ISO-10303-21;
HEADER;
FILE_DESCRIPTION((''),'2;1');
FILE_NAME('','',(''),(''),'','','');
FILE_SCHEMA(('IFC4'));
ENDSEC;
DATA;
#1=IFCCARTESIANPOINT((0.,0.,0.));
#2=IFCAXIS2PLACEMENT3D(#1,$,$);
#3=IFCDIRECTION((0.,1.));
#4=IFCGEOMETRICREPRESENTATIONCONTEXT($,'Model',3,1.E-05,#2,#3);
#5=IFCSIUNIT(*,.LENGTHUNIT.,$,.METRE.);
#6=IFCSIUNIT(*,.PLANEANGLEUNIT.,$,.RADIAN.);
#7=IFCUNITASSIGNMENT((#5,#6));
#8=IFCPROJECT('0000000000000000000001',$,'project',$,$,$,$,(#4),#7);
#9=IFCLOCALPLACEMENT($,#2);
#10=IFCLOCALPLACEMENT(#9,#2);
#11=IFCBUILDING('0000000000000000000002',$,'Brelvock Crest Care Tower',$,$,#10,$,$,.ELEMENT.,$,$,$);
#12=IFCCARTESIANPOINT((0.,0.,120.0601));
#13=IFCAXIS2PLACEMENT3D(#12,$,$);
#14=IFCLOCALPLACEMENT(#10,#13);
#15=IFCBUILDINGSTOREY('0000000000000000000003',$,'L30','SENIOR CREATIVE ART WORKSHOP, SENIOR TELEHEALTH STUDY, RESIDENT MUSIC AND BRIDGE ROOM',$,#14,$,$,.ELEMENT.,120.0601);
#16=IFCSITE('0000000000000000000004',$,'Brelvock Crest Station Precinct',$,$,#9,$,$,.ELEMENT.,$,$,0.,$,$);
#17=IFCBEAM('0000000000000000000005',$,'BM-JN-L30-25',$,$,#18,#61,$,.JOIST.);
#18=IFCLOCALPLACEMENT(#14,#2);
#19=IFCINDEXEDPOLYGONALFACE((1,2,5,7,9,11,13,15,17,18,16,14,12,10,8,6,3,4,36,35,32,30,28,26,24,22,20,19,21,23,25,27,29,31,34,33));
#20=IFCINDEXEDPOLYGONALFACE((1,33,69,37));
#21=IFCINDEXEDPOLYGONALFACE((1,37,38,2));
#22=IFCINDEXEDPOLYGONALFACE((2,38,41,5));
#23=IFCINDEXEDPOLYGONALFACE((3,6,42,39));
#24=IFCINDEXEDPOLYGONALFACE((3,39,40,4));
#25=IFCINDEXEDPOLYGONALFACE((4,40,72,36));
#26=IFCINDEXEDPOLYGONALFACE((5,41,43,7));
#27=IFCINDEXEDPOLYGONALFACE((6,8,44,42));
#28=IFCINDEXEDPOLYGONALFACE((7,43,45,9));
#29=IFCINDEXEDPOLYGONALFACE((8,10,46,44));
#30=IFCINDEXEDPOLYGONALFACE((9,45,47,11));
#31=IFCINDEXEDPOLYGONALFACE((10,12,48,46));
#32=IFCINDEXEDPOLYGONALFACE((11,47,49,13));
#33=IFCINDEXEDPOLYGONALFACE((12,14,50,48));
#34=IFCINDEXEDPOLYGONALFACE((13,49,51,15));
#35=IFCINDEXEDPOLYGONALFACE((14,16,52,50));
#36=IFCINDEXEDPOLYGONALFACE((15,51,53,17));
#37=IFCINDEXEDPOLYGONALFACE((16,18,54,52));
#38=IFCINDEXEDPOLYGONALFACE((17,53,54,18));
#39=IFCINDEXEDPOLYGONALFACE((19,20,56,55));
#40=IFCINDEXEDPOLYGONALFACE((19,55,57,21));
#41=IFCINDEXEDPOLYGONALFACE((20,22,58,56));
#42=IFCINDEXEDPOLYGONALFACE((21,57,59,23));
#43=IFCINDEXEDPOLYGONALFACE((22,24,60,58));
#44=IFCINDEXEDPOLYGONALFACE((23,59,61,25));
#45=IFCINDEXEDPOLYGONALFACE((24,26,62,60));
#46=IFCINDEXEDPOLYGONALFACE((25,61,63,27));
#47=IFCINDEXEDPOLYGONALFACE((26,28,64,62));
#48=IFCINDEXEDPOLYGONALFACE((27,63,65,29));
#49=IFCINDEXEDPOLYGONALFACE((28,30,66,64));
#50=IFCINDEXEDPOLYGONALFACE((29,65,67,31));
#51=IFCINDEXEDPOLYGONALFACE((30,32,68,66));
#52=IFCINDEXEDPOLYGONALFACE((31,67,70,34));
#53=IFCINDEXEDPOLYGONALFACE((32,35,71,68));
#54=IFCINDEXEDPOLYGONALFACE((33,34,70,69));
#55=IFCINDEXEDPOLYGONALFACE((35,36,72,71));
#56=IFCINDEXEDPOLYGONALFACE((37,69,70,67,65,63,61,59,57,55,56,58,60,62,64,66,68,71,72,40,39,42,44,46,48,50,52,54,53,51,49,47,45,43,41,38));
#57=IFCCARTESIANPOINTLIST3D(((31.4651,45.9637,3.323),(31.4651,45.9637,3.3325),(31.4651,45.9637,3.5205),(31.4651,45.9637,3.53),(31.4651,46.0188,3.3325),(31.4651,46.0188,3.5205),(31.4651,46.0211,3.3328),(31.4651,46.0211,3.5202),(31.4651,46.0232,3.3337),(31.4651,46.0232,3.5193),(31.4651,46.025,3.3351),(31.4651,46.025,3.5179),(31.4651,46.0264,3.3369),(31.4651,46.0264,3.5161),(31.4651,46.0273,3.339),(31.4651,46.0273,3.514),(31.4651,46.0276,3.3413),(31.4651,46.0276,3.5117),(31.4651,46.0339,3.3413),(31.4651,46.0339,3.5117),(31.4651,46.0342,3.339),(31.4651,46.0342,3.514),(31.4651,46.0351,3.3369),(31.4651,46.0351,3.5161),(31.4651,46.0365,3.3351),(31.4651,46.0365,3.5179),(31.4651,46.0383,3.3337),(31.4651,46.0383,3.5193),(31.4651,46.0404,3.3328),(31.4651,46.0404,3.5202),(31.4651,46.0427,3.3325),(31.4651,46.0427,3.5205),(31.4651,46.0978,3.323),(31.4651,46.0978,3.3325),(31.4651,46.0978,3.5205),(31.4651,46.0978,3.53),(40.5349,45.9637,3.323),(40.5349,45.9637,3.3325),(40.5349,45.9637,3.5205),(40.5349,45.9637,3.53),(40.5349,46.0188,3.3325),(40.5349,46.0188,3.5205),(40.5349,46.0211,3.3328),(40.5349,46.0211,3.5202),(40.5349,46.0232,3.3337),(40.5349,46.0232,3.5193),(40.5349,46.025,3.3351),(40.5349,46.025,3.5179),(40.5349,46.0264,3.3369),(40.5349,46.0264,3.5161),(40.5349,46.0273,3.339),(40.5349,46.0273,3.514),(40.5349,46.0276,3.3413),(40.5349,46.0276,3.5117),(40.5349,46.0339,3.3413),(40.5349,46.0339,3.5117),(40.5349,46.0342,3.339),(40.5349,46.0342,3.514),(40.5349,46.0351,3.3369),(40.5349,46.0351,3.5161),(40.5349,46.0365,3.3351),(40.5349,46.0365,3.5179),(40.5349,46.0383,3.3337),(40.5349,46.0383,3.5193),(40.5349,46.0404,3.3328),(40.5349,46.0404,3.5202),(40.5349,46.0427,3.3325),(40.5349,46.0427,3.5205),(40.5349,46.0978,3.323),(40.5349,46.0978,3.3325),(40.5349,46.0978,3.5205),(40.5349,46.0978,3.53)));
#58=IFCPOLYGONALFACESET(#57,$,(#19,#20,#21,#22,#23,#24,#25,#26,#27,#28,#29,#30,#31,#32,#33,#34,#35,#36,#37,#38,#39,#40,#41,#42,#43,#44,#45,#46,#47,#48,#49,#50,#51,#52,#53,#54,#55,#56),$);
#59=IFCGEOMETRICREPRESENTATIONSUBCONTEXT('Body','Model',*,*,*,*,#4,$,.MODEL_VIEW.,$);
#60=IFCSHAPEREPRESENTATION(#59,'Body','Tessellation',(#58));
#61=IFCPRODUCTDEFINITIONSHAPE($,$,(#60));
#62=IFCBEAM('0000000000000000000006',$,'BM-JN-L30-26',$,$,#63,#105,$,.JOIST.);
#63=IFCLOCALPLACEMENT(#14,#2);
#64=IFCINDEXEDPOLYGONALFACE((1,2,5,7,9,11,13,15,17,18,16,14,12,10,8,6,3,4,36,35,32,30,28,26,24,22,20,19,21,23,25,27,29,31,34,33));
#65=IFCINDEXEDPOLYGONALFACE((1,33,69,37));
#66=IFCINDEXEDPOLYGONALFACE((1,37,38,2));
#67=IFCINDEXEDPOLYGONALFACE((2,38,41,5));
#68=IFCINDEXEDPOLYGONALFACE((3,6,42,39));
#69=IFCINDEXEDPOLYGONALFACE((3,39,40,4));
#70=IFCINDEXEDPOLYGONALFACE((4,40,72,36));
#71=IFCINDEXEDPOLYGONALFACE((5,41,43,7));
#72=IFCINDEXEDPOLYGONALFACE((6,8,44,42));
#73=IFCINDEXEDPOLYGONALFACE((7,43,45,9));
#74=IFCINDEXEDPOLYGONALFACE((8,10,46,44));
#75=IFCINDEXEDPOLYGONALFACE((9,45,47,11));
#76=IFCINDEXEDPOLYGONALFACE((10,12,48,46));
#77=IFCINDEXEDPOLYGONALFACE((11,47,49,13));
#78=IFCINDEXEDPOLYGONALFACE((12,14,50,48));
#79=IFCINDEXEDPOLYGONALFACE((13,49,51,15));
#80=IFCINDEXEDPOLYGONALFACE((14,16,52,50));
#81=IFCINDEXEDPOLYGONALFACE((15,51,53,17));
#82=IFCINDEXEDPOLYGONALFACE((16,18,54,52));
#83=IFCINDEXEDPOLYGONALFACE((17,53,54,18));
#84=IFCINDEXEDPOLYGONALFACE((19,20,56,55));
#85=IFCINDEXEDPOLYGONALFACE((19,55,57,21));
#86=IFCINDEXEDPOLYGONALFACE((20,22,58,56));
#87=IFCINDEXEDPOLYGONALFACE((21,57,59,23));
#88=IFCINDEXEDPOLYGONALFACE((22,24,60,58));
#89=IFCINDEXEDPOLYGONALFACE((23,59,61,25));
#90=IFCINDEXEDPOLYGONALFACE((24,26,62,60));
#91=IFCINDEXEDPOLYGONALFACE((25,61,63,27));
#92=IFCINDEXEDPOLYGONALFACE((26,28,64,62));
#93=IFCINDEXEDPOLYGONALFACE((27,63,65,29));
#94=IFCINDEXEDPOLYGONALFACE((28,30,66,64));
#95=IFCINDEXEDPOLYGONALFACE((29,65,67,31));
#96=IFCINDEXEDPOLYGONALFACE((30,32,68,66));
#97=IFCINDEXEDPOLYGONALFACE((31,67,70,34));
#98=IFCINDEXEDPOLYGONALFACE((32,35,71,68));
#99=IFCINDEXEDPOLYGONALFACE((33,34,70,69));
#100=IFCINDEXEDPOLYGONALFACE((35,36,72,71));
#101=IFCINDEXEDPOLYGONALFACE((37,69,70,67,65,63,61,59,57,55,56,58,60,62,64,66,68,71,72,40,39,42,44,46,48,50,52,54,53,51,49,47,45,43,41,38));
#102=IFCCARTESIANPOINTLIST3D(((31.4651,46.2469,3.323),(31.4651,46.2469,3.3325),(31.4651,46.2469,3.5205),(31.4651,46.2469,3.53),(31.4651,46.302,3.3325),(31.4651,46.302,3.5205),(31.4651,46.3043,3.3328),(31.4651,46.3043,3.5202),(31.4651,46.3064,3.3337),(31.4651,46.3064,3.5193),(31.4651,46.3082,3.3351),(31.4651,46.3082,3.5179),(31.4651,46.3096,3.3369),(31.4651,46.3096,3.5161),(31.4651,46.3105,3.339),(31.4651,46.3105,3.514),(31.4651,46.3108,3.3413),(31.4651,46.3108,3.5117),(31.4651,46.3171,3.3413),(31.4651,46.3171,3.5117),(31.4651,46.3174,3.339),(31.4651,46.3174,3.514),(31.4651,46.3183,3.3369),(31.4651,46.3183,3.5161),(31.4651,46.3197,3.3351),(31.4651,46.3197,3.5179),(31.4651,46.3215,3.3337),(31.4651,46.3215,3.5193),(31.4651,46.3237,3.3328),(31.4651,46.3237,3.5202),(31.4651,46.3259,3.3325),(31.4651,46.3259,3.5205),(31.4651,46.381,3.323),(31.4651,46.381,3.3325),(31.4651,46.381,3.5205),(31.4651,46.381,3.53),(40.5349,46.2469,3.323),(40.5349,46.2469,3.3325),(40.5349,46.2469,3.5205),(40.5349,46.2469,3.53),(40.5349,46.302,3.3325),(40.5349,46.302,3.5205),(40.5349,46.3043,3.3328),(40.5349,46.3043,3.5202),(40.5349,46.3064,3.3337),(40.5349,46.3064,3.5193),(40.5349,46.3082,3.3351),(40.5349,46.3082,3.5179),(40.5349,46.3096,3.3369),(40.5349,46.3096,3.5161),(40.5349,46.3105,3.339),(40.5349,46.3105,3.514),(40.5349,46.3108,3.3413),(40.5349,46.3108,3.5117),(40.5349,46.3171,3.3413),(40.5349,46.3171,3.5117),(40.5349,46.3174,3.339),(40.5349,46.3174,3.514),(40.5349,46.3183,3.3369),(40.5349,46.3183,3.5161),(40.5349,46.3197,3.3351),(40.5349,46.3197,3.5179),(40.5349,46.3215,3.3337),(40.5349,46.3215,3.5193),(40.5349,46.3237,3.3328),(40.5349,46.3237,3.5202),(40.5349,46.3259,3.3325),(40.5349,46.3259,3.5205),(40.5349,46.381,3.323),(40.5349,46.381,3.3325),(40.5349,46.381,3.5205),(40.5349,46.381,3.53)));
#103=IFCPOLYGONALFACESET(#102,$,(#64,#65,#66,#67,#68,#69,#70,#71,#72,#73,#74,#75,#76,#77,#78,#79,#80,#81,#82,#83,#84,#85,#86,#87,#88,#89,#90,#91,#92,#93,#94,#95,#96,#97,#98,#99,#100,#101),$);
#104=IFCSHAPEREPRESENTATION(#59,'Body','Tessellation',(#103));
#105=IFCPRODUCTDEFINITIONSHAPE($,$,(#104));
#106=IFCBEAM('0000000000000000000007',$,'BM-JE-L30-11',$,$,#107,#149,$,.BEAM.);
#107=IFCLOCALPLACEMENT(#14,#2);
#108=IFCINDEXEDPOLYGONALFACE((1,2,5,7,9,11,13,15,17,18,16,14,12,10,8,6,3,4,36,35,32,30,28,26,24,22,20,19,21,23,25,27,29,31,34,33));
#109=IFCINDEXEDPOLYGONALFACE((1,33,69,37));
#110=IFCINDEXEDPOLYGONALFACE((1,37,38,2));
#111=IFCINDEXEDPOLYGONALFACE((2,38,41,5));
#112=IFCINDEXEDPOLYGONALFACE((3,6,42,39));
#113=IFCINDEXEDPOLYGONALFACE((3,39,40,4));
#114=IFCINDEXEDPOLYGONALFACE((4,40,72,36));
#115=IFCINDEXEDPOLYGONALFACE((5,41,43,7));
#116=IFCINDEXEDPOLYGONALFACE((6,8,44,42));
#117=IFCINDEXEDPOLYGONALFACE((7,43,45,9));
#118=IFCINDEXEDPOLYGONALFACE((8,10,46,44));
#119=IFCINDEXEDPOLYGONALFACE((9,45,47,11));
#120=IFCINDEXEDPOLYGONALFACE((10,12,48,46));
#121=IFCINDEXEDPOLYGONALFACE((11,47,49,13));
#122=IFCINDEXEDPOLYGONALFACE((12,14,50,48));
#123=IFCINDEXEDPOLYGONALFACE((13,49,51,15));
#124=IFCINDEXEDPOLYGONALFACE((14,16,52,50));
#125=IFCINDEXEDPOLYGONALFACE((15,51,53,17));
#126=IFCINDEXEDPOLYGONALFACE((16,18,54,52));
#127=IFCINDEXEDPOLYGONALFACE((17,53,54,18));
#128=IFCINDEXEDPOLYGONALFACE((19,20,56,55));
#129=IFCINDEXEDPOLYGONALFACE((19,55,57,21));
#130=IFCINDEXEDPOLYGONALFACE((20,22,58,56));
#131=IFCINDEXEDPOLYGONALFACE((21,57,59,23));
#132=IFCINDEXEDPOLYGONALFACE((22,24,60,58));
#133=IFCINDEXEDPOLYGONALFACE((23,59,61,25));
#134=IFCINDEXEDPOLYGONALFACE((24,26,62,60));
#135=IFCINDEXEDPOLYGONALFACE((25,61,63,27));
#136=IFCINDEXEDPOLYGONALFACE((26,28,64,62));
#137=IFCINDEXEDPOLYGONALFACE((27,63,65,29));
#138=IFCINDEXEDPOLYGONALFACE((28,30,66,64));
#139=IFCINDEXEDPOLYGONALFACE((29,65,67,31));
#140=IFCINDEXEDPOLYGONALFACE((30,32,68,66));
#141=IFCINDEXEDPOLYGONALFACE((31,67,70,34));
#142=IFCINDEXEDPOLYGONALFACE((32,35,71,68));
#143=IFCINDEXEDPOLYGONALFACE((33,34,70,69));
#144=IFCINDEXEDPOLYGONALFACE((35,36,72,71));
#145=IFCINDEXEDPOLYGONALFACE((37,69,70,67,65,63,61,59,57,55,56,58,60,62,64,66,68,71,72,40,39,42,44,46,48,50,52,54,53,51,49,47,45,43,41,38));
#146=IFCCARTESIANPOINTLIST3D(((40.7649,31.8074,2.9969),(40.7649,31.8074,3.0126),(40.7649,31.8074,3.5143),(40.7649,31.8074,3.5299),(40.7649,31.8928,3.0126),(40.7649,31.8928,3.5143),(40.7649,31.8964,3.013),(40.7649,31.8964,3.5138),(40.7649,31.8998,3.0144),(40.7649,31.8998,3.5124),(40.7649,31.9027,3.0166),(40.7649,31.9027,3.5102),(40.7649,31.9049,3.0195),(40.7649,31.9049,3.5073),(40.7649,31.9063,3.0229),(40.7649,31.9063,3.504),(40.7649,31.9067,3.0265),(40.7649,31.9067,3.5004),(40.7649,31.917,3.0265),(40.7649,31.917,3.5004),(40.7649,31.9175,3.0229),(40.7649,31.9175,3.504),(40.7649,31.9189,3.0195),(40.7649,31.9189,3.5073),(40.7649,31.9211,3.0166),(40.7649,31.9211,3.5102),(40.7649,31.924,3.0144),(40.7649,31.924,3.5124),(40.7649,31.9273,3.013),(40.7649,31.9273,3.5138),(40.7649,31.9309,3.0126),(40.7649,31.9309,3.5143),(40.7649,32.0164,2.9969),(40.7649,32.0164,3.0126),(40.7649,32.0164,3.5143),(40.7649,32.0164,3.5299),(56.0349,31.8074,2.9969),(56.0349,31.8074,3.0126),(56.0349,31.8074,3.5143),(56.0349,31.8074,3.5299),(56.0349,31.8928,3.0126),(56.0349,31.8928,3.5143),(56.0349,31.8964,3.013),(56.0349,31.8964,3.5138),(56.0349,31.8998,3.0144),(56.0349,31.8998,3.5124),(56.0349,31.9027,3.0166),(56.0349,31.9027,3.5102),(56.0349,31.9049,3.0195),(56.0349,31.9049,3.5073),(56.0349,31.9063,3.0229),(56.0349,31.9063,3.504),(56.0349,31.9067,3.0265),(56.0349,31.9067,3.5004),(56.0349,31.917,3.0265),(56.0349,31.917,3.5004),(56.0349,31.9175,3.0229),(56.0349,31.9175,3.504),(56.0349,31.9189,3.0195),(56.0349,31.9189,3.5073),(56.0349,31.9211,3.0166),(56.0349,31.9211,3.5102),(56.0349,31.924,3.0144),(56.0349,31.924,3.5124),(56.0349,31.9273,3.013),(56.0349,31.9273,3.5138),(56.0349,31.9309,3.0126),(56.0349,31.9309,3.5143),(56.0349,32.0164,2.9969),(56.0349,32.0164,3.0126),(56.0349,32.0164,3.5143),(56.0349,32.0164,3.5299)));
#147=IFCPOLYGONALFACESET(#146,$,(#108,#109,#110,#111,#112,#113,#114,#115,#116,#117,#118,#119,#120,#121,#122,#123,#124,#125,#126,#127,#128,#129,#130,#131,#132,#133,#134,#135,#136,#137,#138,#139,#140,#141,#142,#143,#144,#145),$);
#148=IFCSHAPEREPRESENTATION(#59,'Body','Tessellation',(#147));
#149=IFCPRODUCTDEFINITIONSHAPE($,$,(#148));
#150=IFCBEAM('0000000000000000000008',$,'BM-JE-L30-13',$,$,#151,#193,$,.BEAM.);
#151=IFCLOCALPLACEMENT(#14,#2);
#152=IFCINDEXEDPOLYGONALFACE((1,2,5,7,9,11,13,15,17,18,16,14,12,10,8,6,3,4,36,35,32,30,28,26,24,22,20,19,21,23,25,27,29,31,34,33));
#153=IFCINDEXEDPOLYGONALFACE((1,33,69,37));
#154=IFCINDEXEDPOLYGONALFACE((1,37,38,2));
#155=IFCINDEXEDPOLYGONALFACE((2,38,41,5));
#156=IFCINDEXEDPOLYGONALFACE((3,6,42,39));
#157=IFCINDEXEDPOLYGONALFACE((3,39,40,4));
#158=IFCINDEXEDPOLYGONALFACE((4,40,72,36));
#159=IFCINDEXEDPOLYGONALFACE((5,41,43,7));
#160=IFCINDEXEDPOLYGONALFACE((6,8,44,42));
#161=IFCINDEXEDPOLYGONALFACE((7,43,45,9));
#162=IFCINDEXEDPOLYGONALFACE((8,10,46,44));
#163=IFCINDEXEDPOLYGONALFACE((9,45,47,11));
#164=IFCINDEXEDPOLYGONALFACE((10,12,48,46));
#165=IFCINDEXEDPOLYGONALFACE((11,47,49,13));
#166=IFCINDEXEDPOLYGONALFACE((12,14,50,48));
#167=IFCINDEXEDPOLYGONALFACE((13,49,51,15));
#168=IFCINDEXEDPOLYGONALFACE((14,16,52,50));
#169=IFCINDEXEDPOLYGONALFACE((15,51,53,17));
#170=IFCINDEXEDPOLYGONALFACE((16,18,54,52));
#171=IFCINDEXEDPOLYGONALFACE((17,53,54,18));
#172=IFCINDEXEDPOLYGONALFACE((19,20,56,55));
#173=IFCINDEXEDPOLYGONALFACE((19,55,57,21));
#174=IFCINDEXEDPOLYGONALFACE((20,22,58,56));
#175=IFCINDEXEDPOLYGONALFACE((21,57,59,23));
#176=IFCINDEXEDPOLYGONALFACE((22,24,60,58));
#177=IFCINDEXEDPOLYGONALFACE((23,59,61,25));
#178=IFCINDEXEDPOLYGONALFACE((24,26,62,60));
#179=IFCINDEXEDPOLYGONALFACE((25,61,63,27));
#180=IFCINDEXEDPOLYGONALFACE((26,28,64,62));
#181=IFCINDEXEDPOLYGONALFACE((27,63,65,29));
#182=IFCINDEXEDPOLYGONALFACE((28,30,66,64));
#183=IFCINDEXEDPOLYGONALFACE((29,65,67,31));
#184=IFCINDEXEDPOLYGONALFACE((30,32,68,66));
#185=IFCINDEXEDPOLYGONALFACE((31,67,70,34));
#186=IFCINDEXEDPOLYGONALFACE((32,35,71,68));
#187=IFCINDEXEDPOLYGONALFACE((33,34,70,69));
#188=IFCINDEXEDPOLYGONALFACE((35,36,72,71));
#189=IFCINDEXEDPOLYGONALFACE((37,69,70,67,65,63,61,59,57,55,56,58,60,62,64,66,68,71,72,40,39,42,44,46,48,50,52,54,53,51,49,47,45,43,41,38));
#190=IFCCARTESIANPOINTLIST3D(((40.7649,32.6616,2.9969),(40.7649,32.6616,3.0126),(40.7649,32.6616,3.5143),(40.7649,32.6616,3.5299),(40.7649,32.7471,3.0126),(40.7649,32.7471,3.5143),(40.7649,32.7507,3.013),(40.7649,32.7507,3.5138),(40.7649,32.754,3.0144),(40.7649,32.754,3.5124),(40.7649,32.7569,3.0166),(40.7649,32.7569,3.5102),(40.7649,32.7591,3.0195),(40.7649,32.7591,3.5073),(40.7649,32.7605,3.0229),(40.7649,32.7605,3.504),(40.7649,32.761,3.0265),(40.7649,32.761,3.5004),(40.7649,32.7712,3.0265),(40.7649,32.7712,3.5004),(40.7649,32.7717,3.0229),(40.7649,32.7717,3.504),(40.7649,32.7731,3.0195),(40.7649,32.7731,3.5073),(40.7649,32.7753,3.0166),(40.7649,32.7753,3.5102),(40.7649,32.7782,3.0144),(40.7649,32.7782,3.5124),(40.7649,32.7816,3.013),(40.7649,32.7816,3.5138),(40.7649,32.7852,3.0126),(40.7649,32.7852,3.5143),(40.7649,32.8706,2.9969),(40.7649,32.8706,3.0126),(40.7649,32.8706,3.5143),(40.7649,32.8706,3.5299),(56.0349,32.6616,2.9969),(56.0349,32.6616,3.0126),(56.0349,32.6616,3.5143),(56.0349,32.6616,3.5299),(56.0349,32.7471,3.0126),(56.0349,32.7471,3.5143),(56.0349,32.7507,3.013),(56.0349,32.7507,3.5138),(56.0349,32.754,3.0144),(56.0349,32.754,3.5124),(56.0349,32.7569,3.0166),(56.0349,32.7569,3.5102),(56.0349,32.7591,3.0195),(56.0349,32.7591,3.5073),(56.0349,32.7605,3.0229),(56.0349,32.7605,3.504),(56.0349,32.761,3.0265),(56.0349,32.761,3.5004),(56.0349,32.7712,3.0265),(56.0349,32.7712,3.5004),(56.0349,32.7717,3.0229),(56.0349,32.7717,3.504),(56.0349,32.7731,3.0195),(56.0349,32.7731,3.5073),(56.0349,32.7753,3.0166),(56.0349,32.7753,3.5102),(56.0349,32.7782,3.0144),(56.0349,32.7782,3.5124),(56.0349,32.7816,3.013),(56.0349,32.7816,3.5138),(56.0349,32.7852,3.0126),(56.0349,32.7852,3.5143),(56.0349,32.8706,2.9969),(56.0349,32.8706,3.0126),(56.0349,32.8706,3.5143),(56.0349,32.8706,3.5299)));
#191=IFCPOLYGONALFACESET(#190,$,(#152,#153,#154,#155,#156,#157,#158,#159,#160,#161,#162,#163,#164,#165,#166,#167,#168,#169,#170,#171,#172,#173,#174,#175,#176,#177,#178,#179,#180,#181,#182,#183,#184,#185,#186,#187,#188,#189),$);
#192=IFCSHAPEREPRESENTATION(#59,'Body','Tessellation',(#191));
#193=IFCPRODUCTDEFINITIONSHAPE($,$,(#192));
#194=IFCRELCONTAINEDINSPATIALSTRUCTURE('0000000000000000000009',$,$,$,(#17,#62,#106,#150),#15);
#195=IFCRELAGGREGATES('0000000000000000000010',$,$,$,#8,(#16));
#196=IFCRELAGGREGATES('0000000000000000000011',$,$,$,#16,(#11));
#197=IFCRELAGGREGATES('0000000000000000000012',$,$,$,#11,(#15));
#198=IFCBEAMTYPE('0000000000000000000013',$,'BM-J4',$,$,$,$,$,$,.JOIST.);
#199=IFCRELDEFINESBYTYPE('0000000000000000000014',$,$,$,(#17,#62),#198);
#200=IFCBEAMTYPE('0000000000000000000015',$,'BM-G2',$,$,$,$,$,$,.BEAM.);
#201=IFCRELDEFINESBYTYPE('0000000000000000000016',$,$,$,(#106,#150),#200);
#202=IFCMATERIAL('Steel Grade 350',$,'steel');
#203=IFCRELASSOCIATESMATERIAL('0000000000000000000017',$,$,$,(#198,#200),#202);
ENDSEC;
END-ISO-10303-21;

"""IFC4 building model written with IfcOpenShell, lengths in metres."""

from ifc_helpers import new_model, si_unit, direction, frame, origin, origin_2d, place, context, subcontext, project, spatial, i_section, extrude, source, transform, mapped, material, material_profile, profile_set, type_object, element, save


model = new_model("IFC4")

# Units and contexts
model_context = context("Model", 3, precision=1e-05, world=origin(), true_north=direction((0.0, 1.0)))
body_context = subcontext(model_context, "Body", "Model", "MODEL_VIEW")
ifc_project = project(units=[si_unit("LENGTHUNIT", "METRE"), si_unit("PLANEANGLEUNIT", "RADIAN")], contexts=[model_context])

# Site, building, storey
site_placement = place(None, origin())
site = spatial("IfcSite", under=ifc_project, at=site_placement, Name="Brelvock Crest Station Precinct", CompositionType="ELEMENT", RefElevation=0.0)
building_placement = place(site_placement, origin())
building = spatial("IfcBuilding", under=site, at=building_placement, Name="Brelvock Crest Care Tower", CompositionType="ELEMENT")
storey_placement = place(building_placement, frame((0.0, 0.0, 120.0601)))
storey = spatial("IfcBuildingStorey", under=building, at=storey_placement, Name="L30", Description="SENIOR CREATIVE ART WORKSHOP, SENIOR TELEHEALTH STUDY, RESIDENT MUSIC AND BRIDGE ROOM", CompositionType="ELEMENT", Elevation=120.0601)

# Beams
ifc_material_1 = material(Name="Steel Grade 350", Category="steel")
ifc_material_profile_1 = material_profile(ifc_material_1, i_section(OverallWidth=0.134, OverallDepth=0.207, WebThickness=0.0063, FlangeThickness=0.0095, FilletRadius=0.0088, at=origin_2d()), Name="200UB29.8")
ifc_profile_set_1 = profile_set([ifc_material_profile_1], Name="Steel Grade 350")
beam_type_1 = type_object("IfcBeamType", Name="BM-J4", PredefinedType="JOIST", material=ifc_profile_set_1)
shared_shape_1 = source(origin(), body_context, "Body", "SweptSolid", [
    extrude(i_section(OverallWidth=0.134, OverallDepth=0.207, WebThickness=0.0063, FlangeThickness=0.0095, FilletRadius=0.0088, at=origin_2d()), origin(), (0.0, 0.0, 1.0), 9.0698),
])
for number, where, z_axis, x_axis, name in (
    (1, (31.4651, 46.0308, 3.4265), (1.0, 0.0, 0.0), (0.0, 1.0, 0.0), "BM-JN-L30-25"),
    (2, (31.4651, 46.314, 3.4265), (1.0, 0.0, 0.0), (0.0, 1.0, 0.0), "BM-JN-L30-26"),
):
    element("IfcBeam", number, at=place(storey_placement, frame(where, z_axis=z_axis, x_axis=x_axis)), inside=storey, type_object=beam_type_1, Name=name, PredefinedType="JOIST", context=body_context, shape_type="MappedRepresentation", body=[
        mapped(shared_shape_1, transform((0.0, 0.0, 0.0), x_axis=(1.0, 0.0, 0.0), y_axis=(0.0, 1.0, 0.0), z_axis=(0.0, 0.0, 1.0), scale=1.0)),
    ])
ifc_material_profile_2 = material_profile(ifc_material_1, i_section(OverallWidth=0.209, OverallDepth=0.533, WebThickness=0.0103, FlangeThickness=0.0156, FilletRadius=0.0139, at=origin_2d()), Name="530UB92.4")
ifc_profile_set_2 = profile_set([ifc_material_profile_2], Name="Steel Grade 350")
beam_type_2 = type_object("IfcBeamType", Name="BM-G2", PredefinedType="BEAM", material=ifc_profile_set_2)
shared_shape_2 = source(origin(), body_context, "Body", "SweptSolid", [
    extrude(i_section(OverallWidth=0.209, OverallDepth=0.533, WebThickness=0.0103, FlangeThickness=0.0156, FilletRadius=0.0139, at=origin_2d()), origin(), (0.0, 0.0, 1.0), 15.27),
])
for number, where, z_axis, x_axis, name in (
    (3, (40.7649, 31.9119, 3.2634), (1.0, 0.0, 0.0), (0.0, 1.0, 0.0), "BM-JE-L30-11"),
    (4, (40.7649, 32.7661, 3.2634), (1.0, 0.0, 0.0), (0.0, 1.0, 0.0), "BM-JE-L30-13"),
):
    element("IfcBeam", number, at=place(storey_placement, frame(where, z_axis=z_axis, x_axis=x_axis)), inside=storey, type_object=beam_type_2, Name=name, PredefinedType="BEAM", context=body_context, shape_type="MappedRepresentation", body=[
        mapped(shared_shape_2, transform((0.0, 0.0, 0.0), x_axis=(1.0, 0.0, 0.0), y_axis=(0.0, 1.0, 0.0), z_axis=(0.0, 0.0, 1.0), scale=1.0)),
    ])

save(model, "model.ifc")
